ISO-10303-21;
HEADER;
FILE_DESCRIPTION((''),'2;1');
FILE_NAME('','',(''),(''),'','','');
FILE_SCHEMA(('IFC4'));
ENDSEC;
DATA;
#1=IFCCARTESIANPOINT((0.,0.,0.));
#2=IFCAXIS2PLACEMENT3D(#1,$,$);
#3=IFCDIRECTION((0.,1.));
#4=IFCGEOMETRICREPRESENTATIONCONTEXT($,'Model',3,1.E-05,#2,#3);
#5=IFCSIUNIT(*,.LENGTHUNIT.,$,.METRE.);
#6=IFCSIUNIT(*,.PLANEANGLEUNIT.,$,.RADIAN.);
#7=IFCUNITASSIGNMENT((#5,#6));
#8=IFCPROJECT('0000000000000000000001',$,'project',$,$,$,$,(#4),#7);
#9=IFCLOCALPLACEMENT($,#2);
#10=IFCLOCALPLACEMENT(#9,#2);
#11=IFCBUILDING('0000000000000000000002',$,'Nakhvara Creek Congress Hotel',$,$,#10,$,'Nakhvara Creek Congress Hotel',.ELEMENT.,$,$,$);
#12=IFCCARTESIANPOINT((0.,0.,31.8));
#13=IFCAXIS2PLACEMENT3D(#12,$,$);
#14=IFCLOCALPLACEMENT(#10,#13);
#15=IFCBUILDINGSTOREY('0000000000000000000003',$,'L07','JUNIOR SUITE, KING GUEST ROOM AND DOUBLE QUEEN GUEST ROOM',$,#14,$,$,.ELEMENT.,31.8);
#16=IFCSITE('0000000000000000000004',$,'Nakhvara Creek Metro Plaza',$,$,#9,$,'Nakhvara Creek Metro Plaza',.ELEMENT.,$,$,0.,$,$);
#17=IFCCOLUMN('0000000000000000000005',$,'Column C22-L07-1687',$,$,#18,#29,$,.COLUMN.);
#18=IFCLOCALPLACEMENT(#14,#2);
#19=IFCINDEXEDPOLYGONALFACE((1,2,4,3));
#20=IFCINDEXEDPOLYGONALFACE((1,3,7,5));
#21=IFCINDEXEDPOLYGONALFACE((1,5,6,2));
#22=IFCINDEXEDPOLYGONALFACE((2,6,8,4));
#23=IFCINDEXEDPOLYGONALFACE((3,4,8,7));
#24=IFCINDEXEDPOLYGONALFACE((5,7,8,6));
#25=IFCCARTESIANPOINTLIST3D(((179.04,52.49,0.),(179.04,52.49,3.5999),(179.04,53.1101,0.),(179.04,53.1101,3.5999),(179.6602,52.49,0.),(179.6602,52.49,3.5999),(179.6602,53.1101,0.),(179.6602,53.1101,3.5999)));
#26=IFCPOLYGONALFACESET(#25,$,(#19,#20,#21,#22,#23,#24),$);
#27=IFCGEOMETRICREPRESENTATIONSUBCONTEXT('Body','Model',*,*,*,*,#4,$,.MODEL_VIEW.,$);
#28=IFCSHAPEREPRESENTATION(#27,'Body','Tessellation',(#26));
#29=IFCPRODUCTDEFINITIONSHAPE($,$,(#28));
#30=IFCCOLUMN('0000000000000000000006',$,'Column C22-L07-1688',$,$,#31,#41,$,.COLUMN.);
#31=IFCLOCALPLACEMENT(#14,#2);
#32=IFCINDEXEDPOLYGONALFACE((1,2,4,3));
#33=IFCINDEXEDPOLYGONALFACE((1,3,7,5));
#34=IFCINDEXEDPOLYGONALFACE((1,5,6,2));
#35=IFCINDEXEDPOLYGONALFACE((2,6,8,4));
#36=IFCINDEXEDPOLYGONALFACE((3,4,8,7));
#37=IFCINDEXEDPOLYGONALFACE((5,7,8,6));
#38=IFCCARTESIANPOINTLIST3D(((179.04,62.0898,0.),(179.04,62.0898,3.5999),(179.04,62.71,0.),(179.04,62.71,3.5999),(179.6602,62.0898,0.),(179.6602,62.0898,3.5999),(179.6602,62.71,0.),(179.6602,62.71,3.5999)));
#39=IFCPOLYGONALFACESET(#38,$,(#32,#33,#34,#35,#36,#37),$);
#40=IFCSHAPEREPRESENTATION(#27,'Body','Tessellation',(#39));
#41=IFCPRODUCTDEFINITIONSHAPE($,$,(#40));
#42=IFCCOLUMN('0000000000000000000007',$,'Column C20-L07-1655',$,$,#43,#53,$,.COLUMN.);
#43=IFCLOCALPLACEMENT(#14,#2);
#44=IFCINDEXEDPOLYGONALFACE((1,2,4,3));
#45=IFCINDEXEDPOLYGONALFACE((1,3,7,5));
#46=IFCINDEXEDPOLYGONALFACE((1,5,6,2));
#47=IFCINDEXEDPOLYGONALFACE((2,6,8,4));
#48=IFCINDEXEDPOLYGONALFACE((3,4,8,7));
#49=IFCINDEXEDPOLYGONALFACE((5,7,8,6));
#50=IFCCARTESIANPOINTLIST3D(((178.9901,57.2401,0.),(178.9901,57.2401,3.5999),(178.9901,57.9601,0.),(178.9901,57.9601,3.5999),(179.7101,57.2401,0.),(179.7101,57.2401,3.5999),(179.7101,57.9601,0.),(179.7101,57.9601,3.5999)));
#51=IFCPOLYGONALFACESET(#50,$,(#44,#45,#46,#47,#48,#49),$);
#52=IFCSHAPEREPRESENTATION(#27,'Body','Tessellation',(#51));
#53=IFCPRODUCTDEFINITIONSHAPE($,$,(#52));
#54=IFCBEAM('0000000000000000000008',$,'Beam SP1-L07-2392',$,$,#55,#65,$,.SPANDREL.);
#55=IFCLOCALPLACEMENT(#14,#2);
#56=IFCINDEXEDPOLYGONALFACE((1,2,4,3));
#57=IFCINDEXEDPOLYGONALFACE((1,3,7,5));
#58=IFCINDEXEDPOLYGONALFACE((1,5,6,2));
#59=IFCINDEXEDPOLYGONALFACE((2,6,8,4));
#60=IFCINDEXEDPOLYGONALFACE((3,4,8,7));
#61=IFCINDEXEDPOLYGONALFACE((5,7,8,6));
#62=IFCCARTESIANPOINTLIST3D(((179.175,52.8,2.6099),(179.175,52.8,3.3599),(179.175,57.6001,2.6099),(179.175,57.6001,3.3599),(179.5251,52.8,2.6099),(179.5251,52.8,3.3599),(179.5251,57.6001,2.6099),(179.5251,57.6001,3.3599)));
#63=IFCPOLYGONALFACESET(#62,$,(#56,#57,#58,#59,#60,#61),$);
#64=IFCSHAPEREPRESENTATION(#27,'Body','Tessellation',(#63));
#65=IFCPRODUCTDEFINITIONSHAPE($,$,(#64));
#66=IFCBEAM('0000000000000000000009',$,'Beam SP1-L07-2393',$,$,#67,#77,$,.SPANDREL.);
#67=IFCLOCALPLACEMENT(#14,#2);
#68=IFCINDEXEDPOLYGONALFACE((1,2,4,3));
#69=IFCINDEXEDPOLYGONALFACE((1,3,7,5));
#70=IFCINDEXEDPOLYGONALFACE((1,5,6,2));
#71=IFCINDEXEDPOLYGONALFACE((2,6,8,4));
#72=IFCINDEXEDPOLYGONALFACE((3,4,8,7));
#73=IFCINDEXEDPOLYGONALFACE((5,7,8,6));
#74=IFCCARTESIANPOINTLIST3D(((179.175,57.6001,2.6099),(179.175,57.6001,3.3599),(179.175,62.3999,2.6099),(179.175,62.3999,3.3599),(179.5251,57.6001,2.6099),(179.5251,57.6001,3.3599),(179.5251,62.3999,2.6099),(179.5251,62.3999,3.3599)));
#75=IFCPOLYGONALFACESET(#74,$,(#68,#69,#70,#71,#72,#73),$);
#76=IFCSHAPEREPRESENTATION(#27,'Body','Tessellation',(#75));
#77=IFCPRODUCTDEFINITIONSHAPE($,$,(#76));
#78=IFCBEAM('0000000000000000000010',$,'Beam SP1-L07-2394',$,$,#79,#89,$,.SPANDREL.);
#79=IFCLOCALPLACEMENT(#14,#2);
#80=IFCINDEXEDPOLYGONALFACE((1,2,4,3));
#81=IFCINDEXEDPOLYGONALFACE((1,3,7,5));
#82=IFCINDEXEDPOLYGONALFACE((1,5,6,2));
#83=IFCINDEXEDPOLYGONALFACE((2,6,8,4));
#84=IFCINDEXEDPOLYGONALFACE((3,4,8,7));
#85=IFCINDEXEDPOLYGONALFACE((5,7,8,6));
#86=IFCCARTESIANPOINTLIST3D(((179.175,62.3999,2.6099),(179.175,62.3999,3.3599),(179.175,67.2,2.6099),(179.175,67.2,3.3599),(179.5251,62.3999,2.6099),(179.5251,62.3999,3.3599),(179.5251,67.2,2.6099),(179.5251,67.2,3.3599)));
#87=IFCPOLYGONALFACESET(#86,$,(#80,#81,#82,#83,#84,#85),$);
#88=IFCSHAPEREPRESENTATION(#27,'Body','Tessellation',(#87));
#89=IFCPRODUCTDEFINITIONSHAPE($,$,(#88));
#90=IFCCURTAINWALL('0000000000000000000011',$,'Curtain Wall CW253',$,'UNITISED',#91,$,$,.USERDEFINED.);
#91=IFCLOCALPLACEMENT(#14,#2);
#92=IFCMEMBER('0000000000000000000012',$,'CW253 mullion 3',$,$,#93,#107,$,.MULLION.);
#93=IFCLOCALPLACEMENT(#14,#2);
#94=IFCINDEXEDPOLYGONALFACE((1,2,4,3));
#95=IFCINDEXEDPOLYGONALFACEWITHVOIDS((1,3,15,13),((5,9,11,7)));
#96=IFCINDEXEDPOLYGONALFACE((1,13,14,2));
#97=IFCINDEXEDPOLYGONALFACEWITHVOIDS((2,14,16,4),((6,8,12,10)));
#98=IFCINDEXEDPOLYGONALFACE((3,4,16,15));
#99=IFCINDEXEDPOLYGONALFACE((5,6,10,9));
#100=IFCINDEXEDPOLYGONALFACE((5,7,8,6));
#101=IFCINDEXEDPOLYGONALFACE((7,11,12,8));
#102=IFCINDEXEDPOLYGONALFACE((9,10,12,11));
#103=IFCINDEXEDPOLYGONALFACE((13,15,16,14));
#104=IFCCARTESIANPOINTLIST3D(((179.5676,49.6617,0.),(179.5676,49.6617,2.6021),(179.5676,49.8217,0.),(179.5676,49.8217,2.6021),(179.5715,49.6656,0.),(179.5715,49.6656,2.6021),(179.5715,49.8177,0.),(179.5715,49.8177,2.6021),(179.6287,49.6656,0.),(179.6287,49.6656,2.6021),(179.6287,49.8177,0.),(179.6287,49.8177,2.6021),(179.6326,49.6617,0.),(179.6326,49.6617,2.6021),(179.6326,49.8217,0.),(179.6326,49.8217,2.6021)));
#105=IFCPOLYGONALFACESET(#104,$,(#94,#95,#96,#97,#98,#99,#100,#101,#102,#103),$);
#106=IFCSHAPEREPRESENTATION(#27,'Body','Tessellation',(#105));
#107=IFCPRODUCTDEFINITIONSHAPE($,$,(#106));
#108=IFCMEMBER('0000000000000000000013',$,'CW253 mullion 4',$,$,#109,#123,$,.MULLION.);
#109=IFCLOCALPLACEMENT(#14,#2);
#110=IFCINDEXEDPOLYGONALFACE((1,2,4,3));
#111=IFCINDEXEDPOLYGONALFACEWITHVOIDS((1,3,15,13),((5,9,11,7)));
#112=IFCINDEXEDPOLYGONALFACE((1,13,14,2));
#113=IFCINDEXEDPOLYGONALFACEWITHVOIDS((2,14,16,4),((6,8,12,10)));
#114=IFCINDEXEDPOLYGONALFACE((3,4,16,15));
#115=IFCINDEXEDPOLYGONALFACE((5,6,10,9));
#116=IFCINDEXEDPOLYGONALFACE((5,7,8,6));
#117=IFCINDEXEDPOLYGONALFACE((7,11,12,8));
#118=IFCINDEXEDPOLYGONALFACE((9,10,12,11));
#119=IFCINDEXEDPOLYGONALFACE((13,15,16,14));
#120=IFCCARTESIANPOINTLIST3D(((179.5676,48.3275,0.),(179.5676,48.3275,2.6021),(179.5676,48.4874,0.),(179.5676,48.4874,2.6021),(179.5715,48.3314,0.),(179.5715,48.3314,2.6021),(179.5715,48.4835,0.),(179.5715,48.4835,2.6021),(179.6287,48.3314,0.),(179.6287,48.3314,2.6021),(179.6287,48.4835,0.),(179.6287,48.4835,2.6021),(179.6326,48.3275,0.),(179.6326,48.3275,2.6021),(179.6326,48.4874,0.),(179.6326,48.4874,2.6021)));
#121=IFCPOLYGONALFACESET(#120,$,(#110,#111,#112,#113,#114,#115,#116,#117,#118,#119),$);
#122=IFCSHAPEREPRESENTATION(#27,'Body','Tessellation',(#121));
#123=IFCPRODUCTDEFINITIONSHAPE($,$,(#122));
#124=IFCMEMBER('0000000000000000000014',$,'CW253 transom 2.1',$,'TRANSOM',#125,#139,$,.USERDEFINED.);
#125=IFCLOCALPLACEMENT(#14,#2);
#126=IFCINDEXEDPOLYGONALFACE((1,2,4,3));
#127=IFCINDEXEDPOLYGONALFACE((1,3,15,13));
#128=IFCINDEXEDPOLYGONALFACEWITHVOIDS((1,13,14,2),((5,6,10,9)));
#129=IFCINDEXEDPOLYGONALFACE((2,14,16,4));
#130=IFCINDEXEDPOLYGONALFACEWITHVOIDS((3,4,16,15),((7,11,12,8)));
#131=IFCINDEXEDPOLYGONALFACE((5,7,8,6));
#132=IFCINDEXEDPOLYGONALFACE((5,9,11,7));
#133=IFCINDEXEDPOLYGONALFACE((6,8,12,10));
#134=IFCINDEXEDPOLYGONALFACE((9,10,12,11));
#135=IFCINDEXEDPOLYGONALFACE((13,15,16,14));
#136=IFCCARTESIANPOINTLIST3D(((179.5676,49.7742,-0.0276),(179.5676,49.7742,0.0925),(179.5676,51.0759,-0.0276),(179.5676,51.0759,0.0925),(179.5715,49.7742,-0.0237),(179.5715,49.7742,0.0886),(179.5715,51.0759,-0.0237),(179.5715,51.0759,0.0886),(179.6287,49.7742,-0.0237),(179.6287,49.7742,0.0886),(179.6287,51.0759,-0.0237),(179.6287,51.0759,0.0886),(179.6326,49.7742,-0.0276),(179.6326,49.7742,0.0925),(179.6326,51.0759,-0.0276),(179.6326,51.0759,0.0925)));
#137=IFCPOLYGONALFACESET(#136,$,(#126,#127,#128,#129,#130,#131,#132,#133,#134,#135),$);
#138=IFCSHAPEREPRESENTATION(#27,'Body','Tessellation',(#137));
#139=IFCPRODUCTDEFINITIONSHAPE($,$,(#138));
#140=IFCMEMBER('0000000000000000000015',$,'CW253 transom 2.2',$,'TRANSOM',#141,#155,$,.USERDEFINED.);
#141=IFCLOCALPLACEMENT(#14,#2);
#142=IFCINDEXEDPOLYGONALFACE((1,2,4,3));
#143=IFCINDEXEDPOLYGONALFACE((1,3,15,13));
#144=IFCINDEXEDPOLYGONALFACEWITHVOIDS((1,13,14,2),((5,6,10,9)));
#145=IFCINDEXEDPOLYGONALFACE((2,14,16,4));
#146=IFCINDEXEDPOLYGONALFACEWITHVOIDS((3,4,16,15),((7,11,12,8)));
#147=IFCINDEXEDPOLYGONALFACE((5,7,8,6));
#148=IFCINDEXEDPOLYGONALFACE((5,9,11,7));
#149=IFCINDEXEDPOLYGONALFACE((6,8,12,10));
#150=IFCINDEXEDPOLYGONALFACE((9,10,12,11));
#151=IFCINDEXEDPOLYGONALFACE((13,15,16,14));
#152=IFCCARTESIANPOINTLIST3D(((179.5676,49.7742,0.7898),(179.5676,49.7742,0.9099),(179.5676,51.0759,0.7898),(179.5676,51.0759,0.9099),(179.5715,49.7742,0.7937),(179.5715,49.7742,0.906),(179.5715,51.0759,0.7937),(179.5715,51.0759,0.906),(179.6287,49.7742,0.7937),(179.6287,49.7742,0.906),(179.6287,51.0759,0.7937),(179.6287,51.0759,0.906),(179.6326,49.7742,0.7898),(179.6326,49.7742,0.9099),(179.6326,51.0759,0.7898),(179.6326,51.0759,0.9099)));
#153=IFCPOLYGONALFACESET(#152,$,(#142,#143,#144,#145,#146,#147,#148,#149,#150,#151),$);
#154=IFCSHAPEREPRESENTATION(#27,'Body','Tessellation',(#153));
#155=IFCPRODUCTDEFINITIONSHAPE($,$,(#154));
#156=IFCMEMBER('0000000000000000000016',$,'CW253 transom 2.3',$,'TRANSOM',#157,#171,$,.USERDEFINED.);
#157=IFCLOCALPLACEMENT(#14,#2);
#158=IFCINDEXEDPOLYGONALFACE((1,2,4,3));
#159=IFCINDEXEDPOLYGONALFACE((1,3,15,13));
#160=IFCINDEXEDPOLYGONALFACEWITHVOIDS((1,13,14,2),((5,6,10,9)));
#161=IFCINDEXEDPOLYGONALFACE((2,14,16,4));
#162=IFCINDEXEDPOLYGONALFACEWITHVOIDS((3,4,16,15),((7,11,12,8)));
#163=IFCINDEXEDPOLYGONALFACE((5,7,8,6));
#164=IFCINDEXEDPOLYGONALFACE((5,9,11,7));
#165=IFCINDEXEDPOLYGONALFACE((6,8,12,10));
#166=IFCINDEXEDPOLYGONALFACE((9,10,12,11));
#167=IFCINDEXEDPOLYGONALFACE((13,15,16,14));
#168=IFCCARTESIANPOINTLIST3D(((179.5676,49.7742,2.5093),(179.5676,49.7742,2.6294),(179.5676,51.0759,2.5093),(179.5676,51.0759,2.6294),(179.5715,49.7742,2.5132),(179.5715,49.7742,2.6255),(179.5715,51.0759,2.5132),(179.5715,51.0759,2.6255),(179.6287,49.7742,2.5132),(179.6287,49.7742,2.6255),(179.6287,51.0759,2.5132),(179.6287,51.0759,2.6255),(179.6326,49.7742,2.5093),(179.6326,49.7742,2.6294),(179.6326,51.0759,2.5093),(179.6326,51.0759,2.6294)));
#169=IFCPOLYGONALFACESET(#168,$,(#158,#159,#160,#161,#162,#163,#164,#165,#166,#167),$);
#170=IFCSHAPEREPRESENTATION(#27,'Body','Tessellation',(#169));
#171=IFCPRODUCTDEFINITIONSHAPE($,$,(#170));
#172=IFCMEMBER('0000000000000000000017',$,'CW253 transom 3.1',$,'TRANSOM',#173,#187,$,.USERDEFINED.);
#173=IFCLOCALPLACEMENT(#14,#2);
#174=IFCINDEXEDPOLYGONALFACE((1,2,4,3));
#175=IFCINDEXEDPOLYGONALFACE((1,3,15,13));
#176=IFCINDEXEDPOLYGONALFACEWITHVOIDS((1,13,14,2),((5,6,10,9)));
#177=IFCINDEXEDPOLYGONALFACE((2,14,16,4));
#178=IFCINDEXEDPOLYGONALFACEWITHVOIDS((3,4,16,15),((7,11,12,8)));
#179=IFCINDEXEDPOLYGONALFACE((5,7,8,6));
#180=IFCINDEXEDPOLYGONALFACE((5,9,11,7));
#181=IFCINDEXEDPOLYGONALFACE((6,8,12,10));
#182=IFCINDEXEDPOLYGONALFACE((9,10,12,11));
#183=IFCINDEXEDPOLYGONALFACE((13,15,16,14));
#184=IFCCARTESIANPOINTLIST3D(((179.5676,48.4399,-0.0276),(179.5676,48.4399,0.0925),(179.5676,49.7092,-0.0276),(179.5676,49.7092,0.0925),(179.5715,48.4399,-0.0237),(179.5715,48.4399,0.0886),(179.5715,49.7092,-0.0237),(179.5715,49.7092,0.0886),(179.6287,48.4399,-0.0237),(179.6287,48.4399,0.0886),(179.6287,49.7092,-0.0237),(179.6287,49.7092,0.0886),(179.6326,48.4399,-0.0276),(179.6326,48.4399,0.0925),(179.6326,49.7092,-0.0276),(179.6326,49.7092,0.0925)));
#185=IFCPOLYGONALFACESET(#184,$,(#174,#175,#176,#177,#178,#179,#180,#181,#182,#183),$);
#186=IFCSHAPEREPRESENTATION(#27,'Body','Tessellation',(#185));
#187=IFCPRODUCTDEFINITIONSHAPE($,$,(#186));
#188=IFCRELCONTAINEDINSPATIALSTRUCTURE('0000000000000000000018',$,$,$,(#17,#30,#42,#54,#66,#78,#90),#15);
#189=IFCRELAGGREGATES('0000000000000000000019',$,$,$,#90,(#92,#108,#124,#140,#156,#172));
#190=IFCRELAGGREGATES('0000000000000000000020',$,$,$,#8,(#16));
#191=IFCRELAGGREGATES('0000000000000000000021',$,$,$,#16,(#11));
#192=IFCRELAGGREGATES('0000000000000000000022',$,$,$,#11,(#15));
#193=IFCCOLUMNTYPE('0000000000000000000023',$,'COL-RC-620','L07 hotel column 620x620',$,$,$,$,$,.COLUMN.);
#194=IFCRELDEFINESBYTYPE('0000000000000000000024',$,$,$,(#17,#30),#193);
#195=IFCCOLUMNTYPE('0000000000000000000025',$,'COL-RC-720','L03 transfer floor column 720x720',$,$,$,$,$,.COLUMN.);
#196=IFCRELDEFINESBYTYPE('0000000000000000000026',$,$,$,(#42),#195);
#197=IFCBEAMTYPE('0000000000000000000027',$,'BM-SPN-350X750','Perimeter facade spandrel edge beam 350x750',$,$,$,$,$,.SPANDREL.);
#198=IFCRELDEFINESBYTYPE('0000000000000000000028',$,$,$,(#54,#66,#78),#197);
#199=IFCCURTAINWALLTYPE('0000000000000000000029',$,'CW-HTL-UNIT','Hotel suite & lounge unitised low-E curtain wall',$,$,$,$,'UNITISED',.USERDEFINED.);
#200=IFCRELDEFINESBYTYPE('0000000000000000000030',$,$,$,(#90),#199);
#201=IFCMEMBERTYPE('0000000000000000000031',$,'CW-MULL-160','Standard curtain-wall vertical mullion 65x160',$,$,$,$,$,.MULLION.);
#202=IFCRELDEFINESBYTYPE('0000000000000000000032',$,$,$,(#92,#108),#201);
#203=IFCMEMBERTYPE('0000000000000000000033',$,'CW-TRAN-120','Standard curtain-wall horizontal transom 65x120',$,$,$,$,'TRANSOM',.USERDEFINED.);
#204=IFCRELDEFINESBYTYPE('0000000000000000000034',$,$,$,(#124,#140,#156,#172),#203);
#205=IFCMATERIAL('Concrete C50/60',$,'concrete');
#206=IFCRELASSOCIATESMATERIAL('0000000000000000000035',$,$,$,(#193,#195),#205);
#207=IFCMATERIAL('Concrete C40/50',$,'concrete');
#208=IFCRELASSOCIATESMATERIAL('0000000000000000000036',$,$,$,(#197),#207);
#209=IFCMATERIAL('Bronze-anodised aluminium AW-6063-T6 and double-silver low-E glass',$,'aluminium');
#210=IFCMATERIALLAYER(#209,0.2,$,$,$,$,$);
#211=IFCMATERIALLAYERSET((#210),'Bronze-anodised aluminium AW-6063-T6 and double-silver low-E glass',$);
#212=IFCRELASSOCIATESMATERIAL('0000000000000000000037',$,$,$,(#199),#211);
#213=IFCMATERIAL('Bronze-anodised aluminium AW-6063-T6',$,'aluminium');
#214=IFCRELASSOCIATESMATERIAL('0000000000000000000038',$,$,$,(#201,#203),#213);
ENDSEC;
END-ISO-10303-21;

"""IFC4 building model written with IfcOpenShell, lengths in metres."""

from ifc_helpers import new_model, si_unit, direction, frame, origin, origin_2d, place, context, subcontext, project, spatial, rectangle, hollow_rectangle, extrude, material, layer, layer_set, material_profile, profile_set, type_object, element, aggregate, save


model = new_model("IFC4")

# Units and contexts
model_context = context("Model", 3, precision=1e-05, world=origin(), true_north=direction((0.0, 1.0)))
body_context = subcontext(model_context, "Body", "Model", "MODEL_VIEW")
ifc_project = project(units=[si_unit("LENGTHUNIT", "METRE"), si_unit("PLANEANGLEUNIT", "RADIAN")], contexts=[model_context])

# Site, building, storey
site_placement = place(None, origin())
site = spatial("IfcSite", under=ifc_project, at=site_placement, Name="Nakhvara Creek Metro Plaza", LongName="Nakhvara Creek Metro Plaza", CompositionType="ELEMENT", RefElevation=0.0)
building_placement = place(site_placement, origin())
building = spatial("IfcBuilding", under=site, at=building_placement, Name="Nakhvara Creek Congress Hotel", LongName="Nakhvara Creek Congress Hotel", CompositionType="ELEMENT")
storey_placement = place(building_placement, frame((0.0, 0.0, 31.8)))
storey = spatial("IfcBuildingStorey", under=building, at=storey_placement, Name="L07", Description="JUNIOR SUITE, KING GUEST ROOM AND DOUBLE QUEEN GUEST ROOM", CompositionType="ELEMENT", Elevation=31.8)

# Columns
ifc_material_1 = material(Name="Concrete C50/60", Category="concrete")
ifc_material_profile_1 = material_profile(ifc_material_1, rectangle(XDim=0.6201, YDim=0.6201, at=origin_2d()), Name="RC-COL 620x620", Category="LoadBearing")
ifc_profile_set_1 = profile_set([ifc_material_profile_1], Name="Concrete C50/60")
column_type_1 = type_object("IfcColumnType", Name="COL-RC-620", Description="L07 hotel column 620x620", PredefinedType="COLUMN", material=ifc_profile_set_1)
for number, where, z_axis, x_axis, name in (
    (1, (179.3501, 52.8, 0.0), (0.0, 0.0, 1.0), (1.0, 0.0, 0.0), "Column C22-L07-1687"),
    (2, (179.3501, 62.3999, 0.0), (0.0, 0.0, 1.0), (1.0, 0.0, 0.0), "Column C22-L07-1688"),
):
    element("IfcColumn", number, at=place(storey_placement, frame(where, z_axis=z_axis, x_axis=x_axis)), inside=storey, type_object=column_type_1, Name=name, PredefinedType="COLUMN", context=body_context, shape_type="SweptSolid", body=[
        extrude(rectangle(XDim=0.6201, YDim=0.6201, at=origin_2d()), origin(), (0.0, 0.0, 1.0), 3.5999),
    ])
ifc_material_profile_2 = material_profile(ifc_material_1, rectangle(XDim=0.72, YDim=0.72, at=origin_2d()), Name="RC-COL 720x720", Category="LoadBearing")
ifc_profile_set_2 = profile_set([ifc_material_profile_2], Name="Concrete C50/60")
column_type_2 = type_object("IfcColumnType", Name="COL-RC-720", Description="L03 transfer floor column 720x720", PredefinedType="COLUMN", material=ifc_profile_set_2)
column_placement = place(storey_placement, frame((179.3501, 57.6001, 0.0), z_axis=(0.0, 0.0, 1.0), x_axis=(1.0, 0.0, 0.0)))
element("IfcColumn", 3, at=column_placement, inside=storey, type_object=column_type_2, Name="Column C20-L07-1655", PredefinedType="COLUMN", context=body_context, shape_type="SweptSolid", body=[
    extrude(rectangle(XDim=0.72, YDim=0.72, at=origin_2d()), origin(), (0.0, 0.0, 1.0), 3.5999),
])

# Beams
ifc_material_2 = material(Name="Concrete C40/50", Category="concrete")
ifc_material_profile_3 = material_profile(ifc_material_2, rectangle(XDim=0.3501, YDim=0.75, at=origin_2d()), Name="RC-SPANDREL 350x750", Category="LoadBearing")
ifc_profile_set_3 = profile_set([ifc_material_profile_3], Name="Concrete C40/50")
beam_type = type_object("IfcBeamType", Name="BM-SPN-350X750", Description="Perimeter facade spandrel edge beam 350x750", PredefinedType="SPANDREL", material=ifc_profile_set_3)
beam_1_placement = place(storey_placement, frame((179.3501, 52.8, 2.9849), z_axis=(0.0, 1.0, 0.0), x_axis=(-1.0, 0.0, 0.0)))
element("IfcBeam", 4, at=beam_1_placement, inside=storey, type_object=beam_type, Name="Beam SP1-L07-2392", PredefinedType="SPANDREL", context=body_context, shape_type="SweptSolid", body=[
    extrude(rectangle(XDim=0.3501, YDim=0.75, at=origin_2d()), origin(), (0.0, 0.0, 1.0), 4.8),
])
beam_2_placement = place(storey_placement, frame((179.3501, 57.6001, 2.9849), z_axis=(0.0, 1.0, 0.0), x_axis=(-1.0, 0.0, 0.0)))
element("IfcBeam", 5, at=beam_2_placement, inside=storey, type_object=beam_type, Name="Beam SP1-L07-2393", PredefinedType="SPANDREL", context=body_context, shape_type="SweptSolid", body=[
    extrude(rectangle(XDim=0.3501, YDim=0.75, at=origin_2d()), origin(), (0.0, 0.0, 1.0), 4.7998),
])
beam_3_placement = place(storey_placement, frame((179.3501, 62.3999, 2.9849), z_axis=(0.0, 1.0, 0.0), x_axis=(-1.0, 0.0, 0.0)))
element("IfcBeam", 6, at=beam_3_placement, inside=storey, type_object=beam_type, Name="Beam SP1-L07-2394", PredefinedType="SPANDREL", context=body_context, shape_type="SweptSolid", body=[
    extrude(rectangle(XDim=0.3501, YDim=0.75, at=origin_2d()), origin(), (0.0, 0.0, 1.0), 4.8),
])

# Curtain wall, members
ifc_material_3 = material(Name="Bronze-anodised aluminium AW-6063-T6 and double-silver low-E glass", Category="aluminium")
ifc_layer_1 = layer(ifc_material_3, 0.2)
ifc_layer_set_1 = layer_set([ifc_layer_1], Name="Bronze-anodised aluminium AW-6063-T6 and double-silver low-E glass")
curtain_wall_type = type_object("IfcCurtainWallType", Name="CW-HTL-UNIT", Description="Hotel suite & lounge unitised low-E curtain wall", ElementType="UNITISED", PredefinedType="USERDEFINED", material=ifc_layer_set_1)
curtain_wall_placement = place(storey_placement, origin())
curtain_wall = element("IfcCurtainWall", 7, at=curtain_wall_placement, inside=storey, type_object=curtain_wall_type, Name="Curtain Wall CW253", ObjectType="UNITISED", PredefinedType="USERDEFINED")
ifc_material_4 = material(Name="Bronze-anodised aluminium AW-6063-T6", Category="aluminium")
ifc_material_profile_4 = material_profile(ifc_material_4, hollow_rectangle(XDim=0.0649, YDim=0.1599, WallThickness=0.0039, at=origin_2d()), Name="ALU-MULL 65x160x4", Category="LoadBearing")
ifc_profile_set_4 = profile_set([ifc_material_profile_4], Name="Bronze-anodised aluminium AW-6063-T6")
member_type_1 = type_object("IfcMemberType", Name="CW-MULL-160", Description="Standard curtain-wall vertical mullion 65x160", PredefinedType="MULLION", material=ifc_profile_set_4)
member_1_placement = place(storey_placement, frame((179.6001, 49.7417, 0.0), z_axis=(0.0, 0.0, 1.0), x_axis=(1.0, 0.0, 0.0)))
member_1 = element("IfcMember", 8, at=member_1_placement, type_object=member_type_1, Name="CW253 mullion 3", PredefinedType="MULLION", context=body_context, shape_type="SweptSolid", body=[
    extrude(hollow_rectangle(XDim=0.0649, YDim=0.1599, WallThickness=0.0039, at=origin_2d()), origin(), (0.0, 0.0, 1.0), 2.6021),
])
member_2_placement = place(storey_placement, frame((179.6001, 48.4075, 0.0), z_axis=(0.0, 0.0, 1.0), x_axis=(1.0, 0.0, 0.0)))
member_2 = element("IfcMember", 9, at=member_2_placement, type_object=member_type_1, Name="CW253 mullion 4", PredefinedType="MULLION", context=body_context, shape_type="SweptSolid", body=[
    extrude(hollow_rectangle(XDim=0.0649, YDim=0.1599, WallThickness=0.0039, at=origin_2d()), origin(), (0.0, 0.0, 1.0), 2.6021),
])
ifc_material_profile_5 = material_profile(ifc_material_4, hollow_rectangle(XDim=0.0649, YDim=0.1201, WallThickness=0.0039, at=origin_2d()), Name="ALU-TRAN 65x120x4", Category="LoadBearing")
ifc_profile_set_5 = profile_set([ifc_material_profile_5], Name="Bronze-anodised aluminium AW-6063-T6")
member_type_2 = type_object("IfcMemberType", Name="CW-TRAN-120", Description="Standard curtain-wall horizontal transom 65x120", ElementType="TRANSOM", PredefinedType="USERDEFINED", material=ifc_profile_set_5)
member_3_placement = place(storey_placement, frame((179.6001, 51.0759, 0.0325), z_axis=(0.0, -1.0, 0.0), x_axis=(1.0, 0.0, 0.0)))
member_3 = element("IfcMember", 10, at=member_3_placement, type_object=member_type_2, Name="CW253 transom 2.1", ObjectType="TRANSOM", PredefinedType="USERDEFINED", context=body_context, shape_type="SweptSolid", body=[
    extrude(hollow_rectangle(XDim=0.0649, YDim=0.1201, WallThickness=0.0039, at=origin_2d()), origin(), (0.0, 0.0, 1.0), 1.3018),
])
member_4_placement = place(storey_placement, frame((179.6001, 51.0759, 0.8499), z_axis=(0.0, -1.0, 0.0), x_axis=(1.0, 0.0, 0.0)))
member_4 = element("IfcMember", 11, at=member_4_placement, type_object=member_type_2, Name="CW253 transom 2.2", ObjectType="TRANSOM", PredefinedType="USERDEFINED", context=body_context, shape_type="SweptSolid", body=[
    extrude(hollow_rectangle(XDim=0.0649, YDim=0.1201, WallThickness=0.0039, at=origin_2d()), origin(), (0.0, 0.0, 1.0), 1.3018),
])
member_5_placement = place(storey_placement, frame((179.6001, 51.0759, 2.5693), z_axis=(0.0, -1.0, 0.0), x_axis=(1.0, 0.0, 0.0)))
member_5 = element("IfcMember", 12, at=member_5_placement, type_object=member_type_2, Name="CW253 transom 2.3", ObjectType="TRANSOM", PredefinedType="USERDEFINED", context=body_context, shape_type="SweptSolid", body=[
    extrude(hollow_rectangle(XDim=0.0649, YDim=0.1201, WallThickness=0.0039, at=origin_2d()), origin(), (0.0, 0.0, 1.0), 1.3018),
])
member_6_placement = place(storey_placement, frame((179.6001, 49.7092, 0.0325), z_axis=(0.0, -1.0, 0.0), x_axis=(1.0, 0.0, 0.0)))
member_6 = element("IfcMember", 13, at=member_6_placement, type_object=member_type_2, Name="CW253 transom 3.1", ObjectType="TRANSOM", PredefinedType="USERDEFINED", context=body_context, shape_type="SweptSolid", body=[
    extrude(hollow_rectangle(XDim=0.0649, YDim=0.1201, WallThickness=0.0039, at=origin_2d()), origin(), (0.0, 0.0, 1.0), 1.2693),
])
aggregate(curtain_wall, [member_1, member_2, member_3, member_4, member_5, member_6])

save(model, "model.ifc")
